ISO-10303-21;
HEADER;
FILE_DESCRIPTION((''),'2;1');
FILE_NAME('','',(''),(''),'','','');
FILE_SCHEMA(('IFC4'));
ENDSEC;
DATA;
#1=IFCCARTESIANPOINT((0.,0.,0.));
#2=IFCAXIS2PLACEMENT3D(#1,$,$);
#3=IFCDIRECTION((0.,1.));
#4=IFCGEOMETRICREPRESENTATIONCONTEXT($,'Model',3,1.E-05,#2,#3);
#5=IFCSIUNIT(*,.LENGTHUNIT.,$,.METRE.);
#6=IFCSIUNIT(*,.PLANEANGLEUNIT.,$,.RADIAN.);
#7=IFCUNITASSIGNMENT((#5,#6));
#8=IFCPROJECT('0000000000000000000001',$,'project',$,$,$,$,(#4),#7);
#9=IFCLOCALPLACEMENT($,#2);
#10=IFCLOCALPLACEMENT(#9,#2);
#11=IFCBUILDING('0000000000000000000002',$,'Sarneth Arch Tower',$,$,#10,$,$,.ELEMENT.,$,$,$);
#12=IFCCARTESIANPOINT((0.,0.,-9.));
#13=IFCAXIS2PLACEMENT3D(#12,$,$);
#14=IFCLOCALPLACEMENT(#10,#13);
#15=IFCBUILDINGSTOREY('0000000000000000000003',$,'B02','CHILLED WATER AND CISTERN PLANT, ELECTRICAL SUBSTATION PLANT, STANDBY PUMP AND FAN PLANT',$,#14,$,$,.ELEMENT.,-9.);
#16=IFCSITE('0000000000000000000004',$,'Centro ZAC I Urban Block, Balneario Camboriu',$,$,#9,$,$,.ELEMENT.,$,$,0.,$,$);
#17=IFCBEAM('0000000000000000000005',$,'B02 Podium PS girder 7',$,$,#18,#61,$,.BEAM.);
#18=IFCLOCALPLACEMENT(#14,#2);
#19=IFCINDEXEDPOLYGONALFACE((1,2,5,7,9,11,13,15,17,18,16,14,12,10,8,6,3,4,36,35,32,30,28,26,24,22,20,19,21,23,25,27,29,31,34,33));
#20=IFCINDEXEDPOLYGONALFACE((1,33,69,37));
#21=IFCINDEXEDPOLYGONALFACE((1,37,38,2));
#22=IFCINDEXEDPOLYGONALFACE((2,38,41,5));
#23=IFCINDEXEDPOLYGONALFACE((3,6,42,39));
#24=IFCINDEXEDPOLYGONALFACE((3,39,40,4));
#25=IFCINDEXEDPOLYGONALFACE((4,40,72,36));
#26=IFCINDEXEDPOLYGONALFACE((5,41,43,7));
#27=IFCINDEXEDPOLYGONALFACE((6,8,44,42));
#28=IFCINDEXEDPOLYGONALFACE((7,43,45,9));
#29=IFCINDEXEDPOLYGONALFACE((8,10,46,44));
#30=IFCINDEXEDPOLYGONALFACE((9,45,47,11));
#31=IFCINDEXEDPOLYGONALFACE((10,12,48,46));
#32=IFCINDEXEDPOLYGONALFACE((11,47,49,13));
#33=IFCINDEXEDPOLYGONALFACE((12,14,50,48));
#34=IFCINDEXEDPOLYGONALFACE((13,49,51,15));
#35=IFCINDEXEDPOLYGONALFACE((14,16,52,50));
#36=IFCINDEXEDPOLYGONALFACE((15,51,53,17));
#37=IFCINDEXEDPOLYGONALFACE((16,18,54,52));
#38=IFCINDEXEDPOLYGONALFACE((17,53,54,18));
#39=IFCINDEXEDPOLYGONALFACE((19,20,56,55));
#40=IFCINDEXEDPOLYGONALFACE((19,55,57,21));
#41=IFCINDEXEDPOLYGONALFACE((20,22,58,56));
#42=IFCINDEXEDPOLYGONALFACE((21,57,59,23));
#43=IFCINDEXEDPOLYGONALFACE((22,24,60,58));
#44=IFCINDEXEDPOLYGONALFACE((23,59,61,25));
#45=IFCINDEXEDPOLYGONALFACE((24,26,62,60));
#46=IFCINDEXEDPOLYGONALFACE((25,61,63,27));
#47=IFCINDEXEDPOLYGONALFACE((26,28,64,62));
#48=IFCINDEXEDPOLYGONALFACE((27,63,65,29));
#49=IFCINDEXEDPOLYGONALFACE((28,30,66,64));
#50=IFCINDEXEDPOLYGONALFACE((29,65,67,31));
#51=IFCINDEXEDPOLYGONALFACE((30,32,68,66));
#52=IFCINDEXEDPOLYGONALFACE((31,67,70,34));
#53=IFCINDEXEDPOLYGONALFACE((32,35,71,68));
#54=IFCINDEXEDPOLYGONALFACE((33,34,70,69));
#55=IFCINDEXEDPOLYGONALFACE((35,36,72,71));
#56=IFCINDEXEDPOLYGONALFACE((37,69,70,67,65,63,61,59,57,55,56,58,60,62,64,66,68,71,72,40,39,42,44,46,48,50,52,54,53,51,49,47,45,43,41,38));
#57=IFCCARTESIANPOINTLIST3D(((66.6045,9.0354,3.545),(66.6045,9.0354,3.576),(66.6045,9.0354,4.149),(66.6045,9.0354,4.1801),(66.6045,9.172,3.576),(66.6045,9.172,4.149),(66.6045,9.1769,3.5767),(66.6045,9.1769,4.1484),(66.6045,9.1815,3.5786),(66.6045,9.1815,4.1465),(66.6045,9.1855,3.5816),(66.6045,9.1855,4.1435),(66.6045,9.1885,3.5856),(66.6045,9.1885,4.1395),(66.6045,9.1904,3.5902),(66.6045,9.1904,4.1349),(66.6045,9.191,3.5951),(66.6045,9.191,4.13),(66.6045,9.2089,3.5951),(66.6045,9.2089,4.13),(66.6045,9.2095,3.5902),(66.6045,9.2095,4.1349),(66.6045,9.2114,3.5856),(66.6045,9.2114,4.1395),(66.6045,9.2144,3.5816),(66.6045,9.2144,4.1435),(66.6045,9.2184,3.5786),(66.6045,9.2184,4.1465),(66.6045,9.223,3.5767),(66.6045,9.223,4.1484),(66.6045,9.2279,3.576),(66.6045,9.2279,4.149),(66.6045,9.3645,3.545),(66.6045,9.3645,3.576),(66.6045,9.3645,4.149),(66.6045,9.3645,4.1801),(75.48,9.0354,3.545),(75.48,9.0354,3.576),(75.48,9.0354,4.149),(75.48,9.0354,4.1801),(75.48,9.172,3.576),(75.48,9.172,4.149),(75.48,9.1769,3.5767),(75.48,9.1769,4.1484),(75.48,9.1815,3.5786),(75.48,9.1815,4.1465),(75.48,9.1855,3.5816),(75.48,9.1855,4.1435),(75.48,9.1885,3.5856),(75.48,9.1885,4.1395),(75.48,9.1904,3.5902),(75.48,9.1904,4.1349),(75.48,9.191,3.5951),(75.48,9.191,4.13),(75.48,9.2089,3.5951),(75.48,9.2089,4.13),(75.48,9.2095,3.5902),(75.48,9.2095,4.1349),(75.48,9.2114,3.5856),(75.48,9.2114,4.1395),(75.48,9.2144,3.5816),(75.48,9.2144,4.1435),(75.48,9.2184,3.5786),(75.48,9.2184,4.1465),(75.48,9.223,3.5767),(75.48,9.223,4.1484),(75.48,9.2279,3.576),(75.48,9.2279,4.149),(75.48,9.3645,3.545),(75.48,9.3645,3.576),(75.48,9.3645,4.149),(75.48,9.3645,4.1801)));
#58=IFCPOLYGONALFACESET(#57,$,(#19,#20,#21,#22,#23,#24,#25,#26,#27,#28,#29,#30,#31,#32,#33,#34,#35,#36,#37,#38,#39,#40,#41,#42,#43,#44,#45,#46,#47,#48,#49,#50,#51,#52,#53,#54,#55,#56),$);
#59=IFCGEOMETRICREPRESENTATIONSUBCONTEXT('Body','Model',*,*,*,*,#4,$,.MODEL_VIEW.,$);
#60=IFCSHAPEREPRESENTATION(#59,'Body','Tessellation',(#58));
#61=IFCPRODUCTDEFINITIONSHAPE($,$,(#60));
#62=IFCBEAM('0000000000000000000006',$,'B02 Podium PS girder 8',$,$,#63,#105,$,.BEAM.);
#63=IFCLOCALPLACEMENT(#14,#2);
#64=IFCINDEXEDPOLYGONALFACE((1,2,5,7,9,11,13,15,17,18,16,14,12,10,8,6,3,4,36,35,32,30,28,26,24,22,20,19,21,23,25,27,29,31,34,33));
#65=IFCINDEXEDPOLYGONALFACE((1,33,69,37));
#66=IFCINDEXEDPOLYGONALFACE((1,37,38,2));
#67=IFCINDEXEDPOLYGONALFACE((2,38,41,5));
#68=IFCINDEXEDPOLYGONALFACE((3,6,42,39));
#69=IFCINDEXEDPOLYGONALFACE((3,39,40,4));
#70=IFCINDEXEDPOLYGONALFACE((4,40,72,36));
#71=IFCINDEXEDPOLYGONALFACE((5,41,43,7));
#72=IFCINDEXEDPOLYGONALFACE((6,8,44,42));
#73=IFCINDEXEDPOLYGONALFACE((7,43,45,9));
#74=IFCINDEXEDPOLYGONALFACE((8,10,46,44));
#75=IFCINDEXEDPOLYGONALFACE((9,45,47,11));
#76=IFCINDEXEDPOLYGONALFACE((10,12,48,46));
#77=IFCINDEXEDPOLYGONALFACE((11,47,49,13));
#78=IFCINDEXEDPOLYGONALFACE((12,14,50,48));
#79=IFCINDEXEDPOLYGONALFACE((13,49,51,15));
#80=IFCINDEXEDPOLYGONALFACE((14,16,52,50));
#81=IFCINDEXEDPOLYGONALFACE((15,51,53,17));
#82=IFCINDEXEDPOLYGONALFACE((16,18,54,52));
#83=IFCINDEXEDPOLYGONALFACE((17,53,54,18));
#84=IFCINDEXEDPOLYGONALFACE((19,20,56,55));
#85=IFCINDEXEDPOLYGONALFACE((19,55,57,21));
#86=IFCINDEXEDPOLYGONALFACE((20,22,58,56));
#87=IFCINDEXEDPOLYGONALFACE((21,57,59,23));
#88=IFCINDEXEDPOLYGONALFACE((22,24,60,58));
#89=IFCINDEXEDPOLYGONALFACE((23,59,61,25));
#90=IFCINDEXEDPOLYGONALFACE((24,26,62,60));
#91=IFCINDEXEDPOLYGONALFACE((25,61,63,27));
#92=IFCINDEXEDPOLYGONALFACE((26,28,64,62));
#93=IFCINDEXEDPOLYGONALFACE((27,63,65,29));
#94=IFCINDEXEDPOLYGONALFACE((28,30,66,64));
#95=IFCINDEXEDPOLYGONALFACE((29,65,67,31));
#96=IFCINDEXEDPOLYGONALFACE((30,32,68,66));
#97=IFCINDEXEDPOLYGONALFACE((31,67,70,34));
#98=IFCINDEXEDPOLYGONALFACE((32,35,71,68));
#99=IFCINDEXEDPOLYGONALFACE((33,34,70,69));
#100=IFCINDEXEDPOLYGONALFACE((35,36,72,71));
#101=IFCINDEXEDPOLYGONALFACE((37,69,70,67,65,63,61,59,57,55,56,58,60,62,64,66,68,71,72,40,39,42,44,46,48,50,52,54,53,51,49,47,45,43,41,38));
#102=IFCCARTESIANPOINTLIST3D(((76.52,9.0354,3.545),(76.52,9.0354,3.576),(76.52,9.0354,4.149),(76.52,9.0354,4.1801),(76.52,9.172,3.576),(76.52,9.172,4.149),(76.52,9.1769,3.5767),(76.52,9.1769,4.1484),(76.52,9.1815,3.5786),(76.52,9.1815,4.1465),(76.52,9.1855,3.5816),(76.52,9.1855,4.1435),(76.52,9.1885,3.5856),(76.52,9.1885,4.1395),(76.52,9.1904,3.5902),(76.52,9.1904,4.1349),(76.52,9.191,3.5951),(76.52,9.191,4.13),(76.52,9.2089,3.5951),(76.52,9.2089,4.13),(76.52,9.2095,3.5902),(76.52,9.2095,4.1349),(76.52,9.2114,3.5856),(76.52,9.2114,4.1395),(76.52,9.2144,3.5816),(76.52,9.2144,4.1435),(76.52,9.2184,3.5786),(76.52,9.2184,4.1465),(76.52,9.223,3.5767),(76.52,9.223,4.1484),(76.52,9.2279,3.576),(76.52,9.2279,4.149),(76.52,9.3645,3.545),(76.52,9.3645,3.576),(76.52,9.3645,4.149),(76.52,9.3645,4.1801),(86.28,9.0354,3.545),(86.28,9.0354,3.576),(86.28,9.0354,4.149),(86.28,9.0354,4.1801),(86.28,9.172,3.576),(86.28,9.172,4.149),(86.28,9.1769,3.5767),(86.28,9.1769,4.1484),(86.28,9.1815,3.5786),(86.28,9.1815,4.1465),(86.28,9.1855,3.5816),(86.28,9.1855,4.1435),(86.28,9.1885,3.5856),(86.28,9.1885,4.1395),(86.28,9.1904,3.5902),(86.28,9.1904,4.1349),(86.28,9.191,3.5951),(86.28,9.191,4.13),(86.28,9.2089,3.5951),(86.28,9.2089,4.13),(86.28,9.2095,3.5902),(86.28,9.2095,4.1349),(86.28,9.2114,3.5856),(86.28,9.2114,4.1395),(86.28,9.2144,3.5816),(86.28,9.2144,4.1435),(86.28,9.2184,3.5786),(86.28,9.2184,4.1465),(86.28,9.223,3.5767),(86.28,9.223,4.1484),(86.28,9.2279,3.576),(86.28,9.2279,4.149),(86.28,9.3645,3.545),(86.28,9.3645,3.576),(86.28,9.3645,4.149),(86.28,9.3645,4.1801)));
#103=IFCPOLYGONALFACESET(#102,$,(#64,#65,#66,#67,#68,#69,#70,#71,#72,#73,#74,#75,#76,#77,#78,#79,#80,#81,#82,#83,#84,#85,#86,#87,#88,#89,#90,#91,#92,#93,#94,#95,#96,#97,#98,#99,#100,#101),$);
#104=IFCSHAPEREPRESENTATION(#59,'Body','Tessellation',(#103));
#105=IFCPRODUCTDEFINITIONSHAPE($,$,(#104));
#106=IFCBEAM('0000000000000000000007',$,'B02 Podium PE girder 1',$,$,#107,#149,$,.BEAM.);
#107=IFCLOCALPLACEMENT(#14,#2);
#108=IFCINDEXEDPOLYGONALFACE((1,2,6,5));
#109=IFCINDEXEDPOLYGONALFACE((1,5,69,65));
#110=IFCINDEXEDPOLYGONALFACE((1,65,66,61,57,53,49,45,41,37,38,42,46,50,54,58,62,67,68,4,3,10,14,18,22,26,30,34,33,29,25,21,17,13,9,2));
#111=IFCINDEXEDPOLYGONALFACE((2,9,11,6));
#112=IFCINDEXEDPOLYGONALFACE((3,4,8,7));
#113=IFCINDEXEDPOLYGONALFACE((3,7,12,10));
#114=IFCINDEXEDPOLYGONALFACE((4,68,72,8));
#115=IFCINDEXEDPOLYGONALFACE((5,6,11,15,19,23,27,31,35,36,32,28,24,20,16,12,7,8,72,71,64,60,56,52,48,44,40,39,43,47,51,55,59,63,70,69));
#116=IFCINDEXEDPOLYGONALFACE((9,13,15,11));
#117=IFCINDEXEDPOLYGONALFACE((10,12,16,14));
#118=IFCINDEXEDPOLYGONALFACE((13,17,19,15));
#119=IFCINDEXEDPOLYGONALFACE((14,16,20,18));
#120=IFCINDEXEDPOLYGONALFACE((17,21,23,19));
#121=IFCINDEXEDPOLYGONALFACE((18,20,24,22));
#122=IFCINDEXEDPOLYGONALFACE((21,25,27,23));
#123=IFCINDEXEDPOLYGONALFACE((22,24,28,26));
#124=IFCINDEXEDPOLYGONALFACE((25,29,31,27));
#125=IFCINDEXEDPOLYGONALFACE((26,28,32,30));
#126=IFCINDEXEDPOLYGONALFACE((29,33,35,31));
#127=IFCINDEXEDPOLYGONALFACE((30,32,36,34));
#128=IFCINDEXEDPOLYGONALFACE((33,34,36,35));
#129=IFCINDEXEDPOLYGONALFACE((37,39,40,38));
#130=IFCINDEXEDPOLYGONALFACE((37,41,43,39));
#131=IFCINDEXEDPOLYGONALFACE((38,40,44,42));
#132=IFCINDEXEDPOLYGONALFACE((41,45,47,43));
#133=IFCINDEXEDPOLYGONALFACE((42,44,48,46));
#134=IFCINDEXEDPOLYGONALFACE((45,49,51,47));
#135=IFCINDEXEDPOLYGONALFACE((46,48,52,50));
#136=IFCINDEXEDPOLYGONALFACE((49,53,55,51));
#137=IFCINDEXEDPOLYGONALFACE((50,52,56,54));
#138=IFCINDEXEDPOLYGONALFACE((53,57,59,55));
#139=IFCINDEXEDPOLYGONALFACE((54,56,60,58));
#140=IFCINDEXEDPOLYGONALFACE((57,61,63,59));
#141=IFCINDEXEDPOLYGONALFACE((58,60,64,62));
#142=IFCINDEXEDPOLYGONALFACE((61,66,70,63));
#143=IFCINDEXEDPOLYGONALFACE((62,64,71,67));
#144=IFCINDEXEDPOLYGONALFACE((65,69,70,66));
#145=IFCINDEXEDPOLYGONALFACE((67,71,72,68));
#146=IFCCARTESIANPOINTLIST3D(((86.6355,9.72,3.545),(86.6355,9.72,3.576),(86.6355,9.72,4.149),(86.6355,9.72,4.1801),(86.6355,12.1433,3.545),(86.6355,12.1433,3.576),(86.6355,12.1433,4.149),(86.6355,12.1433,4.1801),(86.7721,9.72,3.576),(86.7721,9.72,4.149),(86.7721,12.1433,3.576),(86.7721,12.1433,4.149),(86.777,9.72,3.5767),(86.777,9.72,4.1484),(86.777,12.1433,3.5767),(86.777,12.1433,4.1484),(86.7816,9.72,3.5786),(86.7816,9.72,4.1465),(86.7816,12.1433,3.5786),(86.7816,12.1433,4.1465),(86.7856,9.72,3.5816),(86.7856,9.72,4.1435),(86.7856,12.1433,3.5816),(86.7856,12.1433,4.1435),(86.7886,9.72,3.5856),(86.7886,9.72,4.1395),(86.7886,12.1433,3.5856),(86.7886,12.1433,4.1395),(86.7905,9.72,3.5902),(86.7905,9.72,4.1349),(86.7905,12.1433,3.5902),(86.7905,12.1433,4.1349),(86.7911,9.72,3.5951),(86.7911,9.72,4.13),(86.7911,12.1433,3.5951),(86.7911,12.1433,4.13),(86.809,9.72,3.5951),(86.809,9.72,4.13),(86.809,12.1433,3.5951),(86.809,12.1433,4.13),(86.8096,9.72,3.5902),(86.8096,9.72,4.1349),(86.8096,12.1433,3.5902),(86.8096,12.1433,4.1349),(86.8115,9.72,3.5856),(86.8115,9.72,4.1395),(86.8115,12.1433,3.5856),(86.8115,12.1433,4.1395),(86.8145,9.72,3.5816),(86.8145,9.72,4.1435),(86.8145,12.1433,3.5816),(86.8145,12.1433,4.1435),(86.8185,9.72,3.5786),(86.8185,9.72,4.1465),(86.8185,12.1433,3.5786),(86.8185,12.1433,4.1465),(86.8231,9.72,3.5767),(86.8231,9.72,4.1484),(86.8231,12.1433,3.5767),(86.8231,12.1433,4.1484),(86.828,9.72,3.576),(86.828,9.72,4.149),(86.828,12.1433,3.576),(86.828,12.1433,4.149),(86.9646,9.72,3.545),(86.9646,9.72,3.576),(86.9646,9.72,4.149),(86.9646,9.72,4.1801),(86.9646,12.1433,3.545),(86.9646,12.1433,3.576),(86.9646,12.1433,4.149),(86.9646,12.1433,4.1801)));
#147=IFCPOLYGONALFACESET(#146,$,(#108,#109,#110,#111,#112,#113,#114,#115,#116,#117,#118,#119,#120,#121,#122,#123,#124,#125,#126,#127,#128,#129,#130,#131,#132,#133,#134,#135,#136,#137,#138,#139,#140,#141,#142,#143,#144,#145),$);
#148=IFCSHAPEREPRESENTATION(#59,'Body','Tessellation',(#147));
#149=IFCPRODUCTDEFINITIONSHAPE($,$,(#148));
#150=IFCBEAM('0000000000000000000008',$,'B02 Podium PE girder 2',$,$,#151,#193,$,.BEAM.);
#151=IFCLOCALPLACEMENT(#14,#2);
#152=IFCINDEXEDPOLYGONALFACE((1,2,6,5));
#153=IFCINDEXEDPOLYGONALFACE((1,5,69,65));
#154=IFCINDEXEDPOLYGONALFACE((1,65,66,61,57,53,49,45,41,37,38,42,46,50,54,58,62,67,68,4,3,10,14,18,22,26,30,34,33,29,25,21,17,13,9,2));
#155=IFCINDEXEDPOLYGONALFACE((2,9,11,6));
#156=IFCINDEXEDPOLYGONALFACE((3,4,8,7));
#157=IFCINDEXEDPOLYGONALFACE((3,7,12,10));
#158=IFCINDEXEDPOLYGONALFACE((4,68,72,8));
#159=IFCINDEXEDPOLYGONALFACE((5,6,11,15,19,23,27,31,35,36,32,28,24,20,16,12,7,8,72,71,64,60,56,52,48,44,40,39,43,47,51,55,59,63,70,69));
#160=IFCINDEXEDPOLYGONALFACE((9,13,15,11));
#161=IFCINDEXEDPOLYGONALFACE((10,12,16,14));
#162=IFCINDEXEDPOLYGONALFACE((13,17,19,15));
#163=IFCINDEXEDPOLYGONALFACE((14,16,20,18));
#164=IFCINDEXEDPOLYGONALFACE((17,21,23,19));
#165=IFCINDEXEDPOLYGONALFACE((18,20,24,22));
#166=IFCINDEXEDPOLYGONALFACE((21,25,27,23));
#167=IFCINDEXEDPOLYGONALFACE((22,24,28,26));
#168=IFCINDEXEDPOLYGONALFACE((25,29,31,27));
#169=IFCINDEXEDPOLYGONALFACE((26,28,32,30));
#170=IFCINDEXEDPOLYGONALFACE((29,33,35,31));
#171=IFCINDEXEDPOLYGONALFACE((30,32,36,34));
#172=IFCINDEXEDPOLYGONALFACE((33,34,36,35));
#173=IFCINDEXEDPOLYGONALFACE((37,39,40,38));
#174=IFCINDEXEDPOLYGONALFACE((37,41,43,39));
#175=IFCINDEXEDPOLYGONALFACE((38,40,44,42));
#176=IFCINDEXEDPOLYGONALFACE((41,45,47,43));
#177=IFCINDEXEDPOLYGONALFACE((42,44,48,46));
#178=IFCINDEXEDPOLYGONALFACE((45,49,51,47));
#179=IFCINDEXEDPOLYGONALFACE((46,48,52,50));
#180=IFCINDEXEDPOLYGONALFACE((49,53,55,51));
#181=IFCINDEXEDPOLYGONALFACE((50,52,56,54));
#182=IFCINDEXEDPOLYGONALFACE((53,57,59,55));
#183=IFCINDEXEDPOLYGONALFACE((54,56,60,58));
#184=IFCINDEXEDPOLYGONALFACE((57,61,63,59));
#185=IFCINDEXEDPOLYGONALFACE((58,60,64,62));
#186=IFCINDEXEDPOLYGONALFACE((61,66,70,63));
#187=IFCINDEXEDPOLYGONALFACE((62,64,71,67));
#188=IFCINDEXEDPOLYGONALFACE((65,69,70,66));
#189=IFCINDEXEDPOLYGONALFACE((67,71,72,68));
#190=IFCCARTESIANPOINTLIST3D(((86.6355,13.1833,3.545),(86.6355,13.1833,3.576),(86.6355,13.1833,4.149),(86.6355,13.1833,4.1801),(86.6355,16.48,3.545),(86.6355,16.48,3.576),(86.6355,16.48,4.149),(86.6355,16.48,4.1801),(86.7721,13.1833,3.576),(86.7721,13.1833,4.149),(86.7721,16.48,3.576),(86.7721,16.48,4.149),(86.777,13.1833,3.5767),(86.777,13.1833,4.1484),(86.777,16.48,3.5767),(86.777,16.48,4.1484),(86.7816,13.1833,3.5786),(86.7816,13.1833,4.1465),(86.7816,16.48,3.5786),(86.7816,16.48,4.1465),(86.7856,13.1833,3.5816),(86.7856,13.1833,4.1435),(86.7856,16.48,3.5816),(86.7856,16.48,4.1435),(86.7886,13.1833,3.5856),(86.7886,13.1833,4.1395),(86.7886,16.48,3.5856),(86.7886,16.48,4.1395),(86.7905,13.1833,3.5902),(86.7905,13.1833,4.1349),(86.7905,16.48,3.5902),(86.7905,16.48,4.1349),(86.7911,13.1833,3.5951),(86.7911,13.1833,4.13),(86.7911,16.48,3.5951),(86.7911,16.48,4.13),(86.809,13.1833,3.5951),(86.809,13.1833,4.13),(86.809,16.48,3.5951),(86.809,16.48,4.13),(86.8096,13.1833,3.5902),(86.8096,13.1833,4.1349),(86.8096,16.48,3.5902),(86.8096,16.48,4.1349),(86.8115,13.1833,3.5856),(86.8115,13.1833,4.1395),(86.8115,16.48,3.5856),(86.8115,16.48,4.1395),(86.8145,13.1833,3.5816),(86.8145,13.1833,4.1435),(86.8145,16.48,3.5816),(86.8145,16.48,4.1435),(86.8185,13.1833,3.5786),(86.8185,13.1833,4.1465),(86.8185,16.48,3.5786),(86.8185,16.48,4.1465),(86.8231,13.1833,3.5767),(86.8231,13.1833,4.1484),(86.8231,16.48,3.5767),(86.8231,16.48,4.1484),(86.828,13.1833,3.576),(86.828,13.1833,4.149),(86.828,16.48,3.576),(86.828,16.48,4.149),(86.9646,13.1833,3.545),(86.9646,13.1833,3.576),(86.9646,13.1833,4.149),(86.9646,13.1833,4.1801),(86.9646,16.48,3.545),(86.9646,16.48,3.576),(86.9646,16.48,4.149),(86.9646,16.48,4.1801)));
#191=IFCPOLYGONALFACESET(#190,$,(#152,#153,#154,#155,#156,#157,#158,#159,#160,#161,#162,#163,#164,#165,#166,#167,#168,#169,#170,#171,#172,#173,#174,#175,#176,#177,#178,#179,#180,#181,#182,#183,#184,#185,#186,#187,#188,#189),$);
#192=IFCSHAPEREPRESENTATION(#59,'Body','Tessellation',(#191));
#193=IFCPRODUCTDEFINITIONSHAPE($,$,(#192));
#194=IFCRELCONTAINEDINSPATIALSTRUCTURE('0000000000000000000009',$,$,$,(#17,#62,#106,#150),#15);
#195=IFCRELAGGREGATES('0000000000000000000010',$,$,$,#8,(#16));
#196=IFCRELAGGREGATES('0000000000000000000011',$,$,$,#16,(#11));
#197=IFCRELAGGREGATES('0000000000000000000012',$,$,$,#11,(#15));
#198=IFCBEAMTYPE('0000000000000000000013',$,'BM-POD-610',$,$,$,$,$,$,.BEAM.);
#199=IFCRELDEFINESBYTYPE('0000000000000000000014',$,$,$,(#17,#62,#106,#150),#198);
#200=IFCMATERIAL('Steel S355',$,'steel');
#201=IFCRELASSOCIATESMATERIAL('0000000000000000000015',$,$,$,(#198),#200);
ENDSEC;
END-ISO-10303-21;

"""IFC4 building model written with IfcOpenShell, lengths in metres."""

from ifc_helpers import new_model, si_unit, direction, frame, origin, origin_2d, place, context, subcontext, project, spatial, i_section, extrude, material, material_profile, profile_set, type_object, element, save


model = new_model("IFC4")

# Units and contexts
model_context = context("Model", 3, precision=1e-05, world=origin(), true_north=direction((0.0, 1.0)))
body_context = subcontext(model_context, "Body", "Model", "MODEL_VIEW")
ifc_project = project(units=[si_unit("LENGTHUNIT", "METRE"), si_unit("PLANEANGLEUNIT", "RADIAN")], contexts=[model_context])

# Site, building, storey
site_placement = place(None, origin())
site = spatial("IfcSite", under=ifc_project, at=site_placement, Name="Centro ZAC I Urban Block, Balneario Camboriu", CompositionType="ELEMENT", RefElevation=0.0)
building_placement = place(site_placement, origin())
building = spatial("IfcBuilding", under=site, at=building_placement, Name="Sarneth Arch Tower", CompositionType="ELEMENT")
storey_placement = place(building_placement, frame((0.0, 0.0, -9.0)))
storey = spatial("IfcBuildingStorey", under=building, at=storey_placement, Name="B02", Description="CHILLED WATER AND CISTERN PLANT, ELECTRICAL SUBSTATION PLANT, STANDBY PUMP AND FAN PLANT", CompositionType="ELEMENT", Elevation=-9.0)

# Beams
ifc_material_1 = material(Name="Steel S355", Category="steel")
ifc_material_profile_1 = material_profile(ifc_material_1, i_section(OverallWidth=0.3291, OverallDepth=0.635, WebThickness=0.0178, FlangeThickness=0.031, FilletRadius=0.019, at=origin_2d()), Name="W610x241")
ifc_profile_set_1 = profile_set([ifc_material_profile_1], Name="Steel S355")
beam_type = type_object("IfcBeamType", Name="BM-POD-610", PredefinedType="BEAM", material=ifc_profile_set_1)
beam_1_placement = place(storey_placement, frame((66.6045, 9.2, 3.8625), z_axis=(1.0, 0.0, 0.0), x_axis=(0.0, 1.0, 0.0)))
element("IfcBeam", 1, at=beam_1_placement, inside=storey, type_object=beam_type, Name="B02 Podium PS girder 7", PredefinedType="BEAM", context=body_context, shape_type="SweptSolid", body=[
    extrude(i_section(OverallWidth=0.3291, OverallDepth=0.635, WebThickness=0.0178, FlangeThickness=0.031, FilletRadius=0.019, at=origin_2d()), origin(), (0.0, 0.0, 1.0), 8.8755),
])
beam_2_placement = place(storey_placement, frame((76.52, 9.2, 3.8625), z_axis=(1.0, 0.0, 0.0), x_axis=(0.0, 1.0, 0.0)))
element("IfcBeam", 2, at=beam_2_placement, inside=storey, type_object=beam_type, Name="B02 Podium PS girder 8", PredefinedType="BEAM", context=body_context, shape_type="SweptSolid", body=[
    extrude(i_section(OverallWidth=0.3291, OverallDepth=0.635, WebThickness=0.0178, FlangeThickness=0.031, FilletRadius=0.019, at=origin_2d()), origin(), (0.0, 0.0, 1.0), 9.76),
])
beam_3_placement = place(storey_placement, frame((86.8, 9.72, 3.8625), z_axis=(0.0, 1.0, 0.0), x_axis=(-1.0, 0.0, 0.0)))
element("IfcBeam", 3, at=beam_3_placement, inside=storey, type_object=beam_type, Name="B02 Podium PE girder 1", PredefinedType="BEAM", context=body_context, shape_type="SweptSolid", body=[
    extrude(i_section(OverallWidth=0.3291, OverallDepth=0.635, WebThickness=0.0178, FlangeThickness=0.031, FilletRadius=0.019, at=origin_2d()), origin(), (0.0, 0.0, 1.0), 2.4233),
])
beam_4_placement = place(storey_placement, frame((86.8, 13.1833, 3.8625), z_axis=(0.0, 1.0, 0.0), x_axis=(-1.0, 0.0, 0.0)))
element("IfcBeam", 4, at=beam_4_placement, inside=storey, type_object=beam_type, Name="B02 Podium PE girder 2", PredefinedType="BEAM", context=body_context, shape_type="SweptSolid", body=[
    extrude(i_section(OverallWidth=0.3291, OverallDepth=0.635, WebThickness=0.0178, FlangeThickness=0.031, FilletRadius=0.019, at=origin_2d()), origin(), (0.0, 0.0, 1.0), 3.2966),
])

save(model, "model.ifc")
